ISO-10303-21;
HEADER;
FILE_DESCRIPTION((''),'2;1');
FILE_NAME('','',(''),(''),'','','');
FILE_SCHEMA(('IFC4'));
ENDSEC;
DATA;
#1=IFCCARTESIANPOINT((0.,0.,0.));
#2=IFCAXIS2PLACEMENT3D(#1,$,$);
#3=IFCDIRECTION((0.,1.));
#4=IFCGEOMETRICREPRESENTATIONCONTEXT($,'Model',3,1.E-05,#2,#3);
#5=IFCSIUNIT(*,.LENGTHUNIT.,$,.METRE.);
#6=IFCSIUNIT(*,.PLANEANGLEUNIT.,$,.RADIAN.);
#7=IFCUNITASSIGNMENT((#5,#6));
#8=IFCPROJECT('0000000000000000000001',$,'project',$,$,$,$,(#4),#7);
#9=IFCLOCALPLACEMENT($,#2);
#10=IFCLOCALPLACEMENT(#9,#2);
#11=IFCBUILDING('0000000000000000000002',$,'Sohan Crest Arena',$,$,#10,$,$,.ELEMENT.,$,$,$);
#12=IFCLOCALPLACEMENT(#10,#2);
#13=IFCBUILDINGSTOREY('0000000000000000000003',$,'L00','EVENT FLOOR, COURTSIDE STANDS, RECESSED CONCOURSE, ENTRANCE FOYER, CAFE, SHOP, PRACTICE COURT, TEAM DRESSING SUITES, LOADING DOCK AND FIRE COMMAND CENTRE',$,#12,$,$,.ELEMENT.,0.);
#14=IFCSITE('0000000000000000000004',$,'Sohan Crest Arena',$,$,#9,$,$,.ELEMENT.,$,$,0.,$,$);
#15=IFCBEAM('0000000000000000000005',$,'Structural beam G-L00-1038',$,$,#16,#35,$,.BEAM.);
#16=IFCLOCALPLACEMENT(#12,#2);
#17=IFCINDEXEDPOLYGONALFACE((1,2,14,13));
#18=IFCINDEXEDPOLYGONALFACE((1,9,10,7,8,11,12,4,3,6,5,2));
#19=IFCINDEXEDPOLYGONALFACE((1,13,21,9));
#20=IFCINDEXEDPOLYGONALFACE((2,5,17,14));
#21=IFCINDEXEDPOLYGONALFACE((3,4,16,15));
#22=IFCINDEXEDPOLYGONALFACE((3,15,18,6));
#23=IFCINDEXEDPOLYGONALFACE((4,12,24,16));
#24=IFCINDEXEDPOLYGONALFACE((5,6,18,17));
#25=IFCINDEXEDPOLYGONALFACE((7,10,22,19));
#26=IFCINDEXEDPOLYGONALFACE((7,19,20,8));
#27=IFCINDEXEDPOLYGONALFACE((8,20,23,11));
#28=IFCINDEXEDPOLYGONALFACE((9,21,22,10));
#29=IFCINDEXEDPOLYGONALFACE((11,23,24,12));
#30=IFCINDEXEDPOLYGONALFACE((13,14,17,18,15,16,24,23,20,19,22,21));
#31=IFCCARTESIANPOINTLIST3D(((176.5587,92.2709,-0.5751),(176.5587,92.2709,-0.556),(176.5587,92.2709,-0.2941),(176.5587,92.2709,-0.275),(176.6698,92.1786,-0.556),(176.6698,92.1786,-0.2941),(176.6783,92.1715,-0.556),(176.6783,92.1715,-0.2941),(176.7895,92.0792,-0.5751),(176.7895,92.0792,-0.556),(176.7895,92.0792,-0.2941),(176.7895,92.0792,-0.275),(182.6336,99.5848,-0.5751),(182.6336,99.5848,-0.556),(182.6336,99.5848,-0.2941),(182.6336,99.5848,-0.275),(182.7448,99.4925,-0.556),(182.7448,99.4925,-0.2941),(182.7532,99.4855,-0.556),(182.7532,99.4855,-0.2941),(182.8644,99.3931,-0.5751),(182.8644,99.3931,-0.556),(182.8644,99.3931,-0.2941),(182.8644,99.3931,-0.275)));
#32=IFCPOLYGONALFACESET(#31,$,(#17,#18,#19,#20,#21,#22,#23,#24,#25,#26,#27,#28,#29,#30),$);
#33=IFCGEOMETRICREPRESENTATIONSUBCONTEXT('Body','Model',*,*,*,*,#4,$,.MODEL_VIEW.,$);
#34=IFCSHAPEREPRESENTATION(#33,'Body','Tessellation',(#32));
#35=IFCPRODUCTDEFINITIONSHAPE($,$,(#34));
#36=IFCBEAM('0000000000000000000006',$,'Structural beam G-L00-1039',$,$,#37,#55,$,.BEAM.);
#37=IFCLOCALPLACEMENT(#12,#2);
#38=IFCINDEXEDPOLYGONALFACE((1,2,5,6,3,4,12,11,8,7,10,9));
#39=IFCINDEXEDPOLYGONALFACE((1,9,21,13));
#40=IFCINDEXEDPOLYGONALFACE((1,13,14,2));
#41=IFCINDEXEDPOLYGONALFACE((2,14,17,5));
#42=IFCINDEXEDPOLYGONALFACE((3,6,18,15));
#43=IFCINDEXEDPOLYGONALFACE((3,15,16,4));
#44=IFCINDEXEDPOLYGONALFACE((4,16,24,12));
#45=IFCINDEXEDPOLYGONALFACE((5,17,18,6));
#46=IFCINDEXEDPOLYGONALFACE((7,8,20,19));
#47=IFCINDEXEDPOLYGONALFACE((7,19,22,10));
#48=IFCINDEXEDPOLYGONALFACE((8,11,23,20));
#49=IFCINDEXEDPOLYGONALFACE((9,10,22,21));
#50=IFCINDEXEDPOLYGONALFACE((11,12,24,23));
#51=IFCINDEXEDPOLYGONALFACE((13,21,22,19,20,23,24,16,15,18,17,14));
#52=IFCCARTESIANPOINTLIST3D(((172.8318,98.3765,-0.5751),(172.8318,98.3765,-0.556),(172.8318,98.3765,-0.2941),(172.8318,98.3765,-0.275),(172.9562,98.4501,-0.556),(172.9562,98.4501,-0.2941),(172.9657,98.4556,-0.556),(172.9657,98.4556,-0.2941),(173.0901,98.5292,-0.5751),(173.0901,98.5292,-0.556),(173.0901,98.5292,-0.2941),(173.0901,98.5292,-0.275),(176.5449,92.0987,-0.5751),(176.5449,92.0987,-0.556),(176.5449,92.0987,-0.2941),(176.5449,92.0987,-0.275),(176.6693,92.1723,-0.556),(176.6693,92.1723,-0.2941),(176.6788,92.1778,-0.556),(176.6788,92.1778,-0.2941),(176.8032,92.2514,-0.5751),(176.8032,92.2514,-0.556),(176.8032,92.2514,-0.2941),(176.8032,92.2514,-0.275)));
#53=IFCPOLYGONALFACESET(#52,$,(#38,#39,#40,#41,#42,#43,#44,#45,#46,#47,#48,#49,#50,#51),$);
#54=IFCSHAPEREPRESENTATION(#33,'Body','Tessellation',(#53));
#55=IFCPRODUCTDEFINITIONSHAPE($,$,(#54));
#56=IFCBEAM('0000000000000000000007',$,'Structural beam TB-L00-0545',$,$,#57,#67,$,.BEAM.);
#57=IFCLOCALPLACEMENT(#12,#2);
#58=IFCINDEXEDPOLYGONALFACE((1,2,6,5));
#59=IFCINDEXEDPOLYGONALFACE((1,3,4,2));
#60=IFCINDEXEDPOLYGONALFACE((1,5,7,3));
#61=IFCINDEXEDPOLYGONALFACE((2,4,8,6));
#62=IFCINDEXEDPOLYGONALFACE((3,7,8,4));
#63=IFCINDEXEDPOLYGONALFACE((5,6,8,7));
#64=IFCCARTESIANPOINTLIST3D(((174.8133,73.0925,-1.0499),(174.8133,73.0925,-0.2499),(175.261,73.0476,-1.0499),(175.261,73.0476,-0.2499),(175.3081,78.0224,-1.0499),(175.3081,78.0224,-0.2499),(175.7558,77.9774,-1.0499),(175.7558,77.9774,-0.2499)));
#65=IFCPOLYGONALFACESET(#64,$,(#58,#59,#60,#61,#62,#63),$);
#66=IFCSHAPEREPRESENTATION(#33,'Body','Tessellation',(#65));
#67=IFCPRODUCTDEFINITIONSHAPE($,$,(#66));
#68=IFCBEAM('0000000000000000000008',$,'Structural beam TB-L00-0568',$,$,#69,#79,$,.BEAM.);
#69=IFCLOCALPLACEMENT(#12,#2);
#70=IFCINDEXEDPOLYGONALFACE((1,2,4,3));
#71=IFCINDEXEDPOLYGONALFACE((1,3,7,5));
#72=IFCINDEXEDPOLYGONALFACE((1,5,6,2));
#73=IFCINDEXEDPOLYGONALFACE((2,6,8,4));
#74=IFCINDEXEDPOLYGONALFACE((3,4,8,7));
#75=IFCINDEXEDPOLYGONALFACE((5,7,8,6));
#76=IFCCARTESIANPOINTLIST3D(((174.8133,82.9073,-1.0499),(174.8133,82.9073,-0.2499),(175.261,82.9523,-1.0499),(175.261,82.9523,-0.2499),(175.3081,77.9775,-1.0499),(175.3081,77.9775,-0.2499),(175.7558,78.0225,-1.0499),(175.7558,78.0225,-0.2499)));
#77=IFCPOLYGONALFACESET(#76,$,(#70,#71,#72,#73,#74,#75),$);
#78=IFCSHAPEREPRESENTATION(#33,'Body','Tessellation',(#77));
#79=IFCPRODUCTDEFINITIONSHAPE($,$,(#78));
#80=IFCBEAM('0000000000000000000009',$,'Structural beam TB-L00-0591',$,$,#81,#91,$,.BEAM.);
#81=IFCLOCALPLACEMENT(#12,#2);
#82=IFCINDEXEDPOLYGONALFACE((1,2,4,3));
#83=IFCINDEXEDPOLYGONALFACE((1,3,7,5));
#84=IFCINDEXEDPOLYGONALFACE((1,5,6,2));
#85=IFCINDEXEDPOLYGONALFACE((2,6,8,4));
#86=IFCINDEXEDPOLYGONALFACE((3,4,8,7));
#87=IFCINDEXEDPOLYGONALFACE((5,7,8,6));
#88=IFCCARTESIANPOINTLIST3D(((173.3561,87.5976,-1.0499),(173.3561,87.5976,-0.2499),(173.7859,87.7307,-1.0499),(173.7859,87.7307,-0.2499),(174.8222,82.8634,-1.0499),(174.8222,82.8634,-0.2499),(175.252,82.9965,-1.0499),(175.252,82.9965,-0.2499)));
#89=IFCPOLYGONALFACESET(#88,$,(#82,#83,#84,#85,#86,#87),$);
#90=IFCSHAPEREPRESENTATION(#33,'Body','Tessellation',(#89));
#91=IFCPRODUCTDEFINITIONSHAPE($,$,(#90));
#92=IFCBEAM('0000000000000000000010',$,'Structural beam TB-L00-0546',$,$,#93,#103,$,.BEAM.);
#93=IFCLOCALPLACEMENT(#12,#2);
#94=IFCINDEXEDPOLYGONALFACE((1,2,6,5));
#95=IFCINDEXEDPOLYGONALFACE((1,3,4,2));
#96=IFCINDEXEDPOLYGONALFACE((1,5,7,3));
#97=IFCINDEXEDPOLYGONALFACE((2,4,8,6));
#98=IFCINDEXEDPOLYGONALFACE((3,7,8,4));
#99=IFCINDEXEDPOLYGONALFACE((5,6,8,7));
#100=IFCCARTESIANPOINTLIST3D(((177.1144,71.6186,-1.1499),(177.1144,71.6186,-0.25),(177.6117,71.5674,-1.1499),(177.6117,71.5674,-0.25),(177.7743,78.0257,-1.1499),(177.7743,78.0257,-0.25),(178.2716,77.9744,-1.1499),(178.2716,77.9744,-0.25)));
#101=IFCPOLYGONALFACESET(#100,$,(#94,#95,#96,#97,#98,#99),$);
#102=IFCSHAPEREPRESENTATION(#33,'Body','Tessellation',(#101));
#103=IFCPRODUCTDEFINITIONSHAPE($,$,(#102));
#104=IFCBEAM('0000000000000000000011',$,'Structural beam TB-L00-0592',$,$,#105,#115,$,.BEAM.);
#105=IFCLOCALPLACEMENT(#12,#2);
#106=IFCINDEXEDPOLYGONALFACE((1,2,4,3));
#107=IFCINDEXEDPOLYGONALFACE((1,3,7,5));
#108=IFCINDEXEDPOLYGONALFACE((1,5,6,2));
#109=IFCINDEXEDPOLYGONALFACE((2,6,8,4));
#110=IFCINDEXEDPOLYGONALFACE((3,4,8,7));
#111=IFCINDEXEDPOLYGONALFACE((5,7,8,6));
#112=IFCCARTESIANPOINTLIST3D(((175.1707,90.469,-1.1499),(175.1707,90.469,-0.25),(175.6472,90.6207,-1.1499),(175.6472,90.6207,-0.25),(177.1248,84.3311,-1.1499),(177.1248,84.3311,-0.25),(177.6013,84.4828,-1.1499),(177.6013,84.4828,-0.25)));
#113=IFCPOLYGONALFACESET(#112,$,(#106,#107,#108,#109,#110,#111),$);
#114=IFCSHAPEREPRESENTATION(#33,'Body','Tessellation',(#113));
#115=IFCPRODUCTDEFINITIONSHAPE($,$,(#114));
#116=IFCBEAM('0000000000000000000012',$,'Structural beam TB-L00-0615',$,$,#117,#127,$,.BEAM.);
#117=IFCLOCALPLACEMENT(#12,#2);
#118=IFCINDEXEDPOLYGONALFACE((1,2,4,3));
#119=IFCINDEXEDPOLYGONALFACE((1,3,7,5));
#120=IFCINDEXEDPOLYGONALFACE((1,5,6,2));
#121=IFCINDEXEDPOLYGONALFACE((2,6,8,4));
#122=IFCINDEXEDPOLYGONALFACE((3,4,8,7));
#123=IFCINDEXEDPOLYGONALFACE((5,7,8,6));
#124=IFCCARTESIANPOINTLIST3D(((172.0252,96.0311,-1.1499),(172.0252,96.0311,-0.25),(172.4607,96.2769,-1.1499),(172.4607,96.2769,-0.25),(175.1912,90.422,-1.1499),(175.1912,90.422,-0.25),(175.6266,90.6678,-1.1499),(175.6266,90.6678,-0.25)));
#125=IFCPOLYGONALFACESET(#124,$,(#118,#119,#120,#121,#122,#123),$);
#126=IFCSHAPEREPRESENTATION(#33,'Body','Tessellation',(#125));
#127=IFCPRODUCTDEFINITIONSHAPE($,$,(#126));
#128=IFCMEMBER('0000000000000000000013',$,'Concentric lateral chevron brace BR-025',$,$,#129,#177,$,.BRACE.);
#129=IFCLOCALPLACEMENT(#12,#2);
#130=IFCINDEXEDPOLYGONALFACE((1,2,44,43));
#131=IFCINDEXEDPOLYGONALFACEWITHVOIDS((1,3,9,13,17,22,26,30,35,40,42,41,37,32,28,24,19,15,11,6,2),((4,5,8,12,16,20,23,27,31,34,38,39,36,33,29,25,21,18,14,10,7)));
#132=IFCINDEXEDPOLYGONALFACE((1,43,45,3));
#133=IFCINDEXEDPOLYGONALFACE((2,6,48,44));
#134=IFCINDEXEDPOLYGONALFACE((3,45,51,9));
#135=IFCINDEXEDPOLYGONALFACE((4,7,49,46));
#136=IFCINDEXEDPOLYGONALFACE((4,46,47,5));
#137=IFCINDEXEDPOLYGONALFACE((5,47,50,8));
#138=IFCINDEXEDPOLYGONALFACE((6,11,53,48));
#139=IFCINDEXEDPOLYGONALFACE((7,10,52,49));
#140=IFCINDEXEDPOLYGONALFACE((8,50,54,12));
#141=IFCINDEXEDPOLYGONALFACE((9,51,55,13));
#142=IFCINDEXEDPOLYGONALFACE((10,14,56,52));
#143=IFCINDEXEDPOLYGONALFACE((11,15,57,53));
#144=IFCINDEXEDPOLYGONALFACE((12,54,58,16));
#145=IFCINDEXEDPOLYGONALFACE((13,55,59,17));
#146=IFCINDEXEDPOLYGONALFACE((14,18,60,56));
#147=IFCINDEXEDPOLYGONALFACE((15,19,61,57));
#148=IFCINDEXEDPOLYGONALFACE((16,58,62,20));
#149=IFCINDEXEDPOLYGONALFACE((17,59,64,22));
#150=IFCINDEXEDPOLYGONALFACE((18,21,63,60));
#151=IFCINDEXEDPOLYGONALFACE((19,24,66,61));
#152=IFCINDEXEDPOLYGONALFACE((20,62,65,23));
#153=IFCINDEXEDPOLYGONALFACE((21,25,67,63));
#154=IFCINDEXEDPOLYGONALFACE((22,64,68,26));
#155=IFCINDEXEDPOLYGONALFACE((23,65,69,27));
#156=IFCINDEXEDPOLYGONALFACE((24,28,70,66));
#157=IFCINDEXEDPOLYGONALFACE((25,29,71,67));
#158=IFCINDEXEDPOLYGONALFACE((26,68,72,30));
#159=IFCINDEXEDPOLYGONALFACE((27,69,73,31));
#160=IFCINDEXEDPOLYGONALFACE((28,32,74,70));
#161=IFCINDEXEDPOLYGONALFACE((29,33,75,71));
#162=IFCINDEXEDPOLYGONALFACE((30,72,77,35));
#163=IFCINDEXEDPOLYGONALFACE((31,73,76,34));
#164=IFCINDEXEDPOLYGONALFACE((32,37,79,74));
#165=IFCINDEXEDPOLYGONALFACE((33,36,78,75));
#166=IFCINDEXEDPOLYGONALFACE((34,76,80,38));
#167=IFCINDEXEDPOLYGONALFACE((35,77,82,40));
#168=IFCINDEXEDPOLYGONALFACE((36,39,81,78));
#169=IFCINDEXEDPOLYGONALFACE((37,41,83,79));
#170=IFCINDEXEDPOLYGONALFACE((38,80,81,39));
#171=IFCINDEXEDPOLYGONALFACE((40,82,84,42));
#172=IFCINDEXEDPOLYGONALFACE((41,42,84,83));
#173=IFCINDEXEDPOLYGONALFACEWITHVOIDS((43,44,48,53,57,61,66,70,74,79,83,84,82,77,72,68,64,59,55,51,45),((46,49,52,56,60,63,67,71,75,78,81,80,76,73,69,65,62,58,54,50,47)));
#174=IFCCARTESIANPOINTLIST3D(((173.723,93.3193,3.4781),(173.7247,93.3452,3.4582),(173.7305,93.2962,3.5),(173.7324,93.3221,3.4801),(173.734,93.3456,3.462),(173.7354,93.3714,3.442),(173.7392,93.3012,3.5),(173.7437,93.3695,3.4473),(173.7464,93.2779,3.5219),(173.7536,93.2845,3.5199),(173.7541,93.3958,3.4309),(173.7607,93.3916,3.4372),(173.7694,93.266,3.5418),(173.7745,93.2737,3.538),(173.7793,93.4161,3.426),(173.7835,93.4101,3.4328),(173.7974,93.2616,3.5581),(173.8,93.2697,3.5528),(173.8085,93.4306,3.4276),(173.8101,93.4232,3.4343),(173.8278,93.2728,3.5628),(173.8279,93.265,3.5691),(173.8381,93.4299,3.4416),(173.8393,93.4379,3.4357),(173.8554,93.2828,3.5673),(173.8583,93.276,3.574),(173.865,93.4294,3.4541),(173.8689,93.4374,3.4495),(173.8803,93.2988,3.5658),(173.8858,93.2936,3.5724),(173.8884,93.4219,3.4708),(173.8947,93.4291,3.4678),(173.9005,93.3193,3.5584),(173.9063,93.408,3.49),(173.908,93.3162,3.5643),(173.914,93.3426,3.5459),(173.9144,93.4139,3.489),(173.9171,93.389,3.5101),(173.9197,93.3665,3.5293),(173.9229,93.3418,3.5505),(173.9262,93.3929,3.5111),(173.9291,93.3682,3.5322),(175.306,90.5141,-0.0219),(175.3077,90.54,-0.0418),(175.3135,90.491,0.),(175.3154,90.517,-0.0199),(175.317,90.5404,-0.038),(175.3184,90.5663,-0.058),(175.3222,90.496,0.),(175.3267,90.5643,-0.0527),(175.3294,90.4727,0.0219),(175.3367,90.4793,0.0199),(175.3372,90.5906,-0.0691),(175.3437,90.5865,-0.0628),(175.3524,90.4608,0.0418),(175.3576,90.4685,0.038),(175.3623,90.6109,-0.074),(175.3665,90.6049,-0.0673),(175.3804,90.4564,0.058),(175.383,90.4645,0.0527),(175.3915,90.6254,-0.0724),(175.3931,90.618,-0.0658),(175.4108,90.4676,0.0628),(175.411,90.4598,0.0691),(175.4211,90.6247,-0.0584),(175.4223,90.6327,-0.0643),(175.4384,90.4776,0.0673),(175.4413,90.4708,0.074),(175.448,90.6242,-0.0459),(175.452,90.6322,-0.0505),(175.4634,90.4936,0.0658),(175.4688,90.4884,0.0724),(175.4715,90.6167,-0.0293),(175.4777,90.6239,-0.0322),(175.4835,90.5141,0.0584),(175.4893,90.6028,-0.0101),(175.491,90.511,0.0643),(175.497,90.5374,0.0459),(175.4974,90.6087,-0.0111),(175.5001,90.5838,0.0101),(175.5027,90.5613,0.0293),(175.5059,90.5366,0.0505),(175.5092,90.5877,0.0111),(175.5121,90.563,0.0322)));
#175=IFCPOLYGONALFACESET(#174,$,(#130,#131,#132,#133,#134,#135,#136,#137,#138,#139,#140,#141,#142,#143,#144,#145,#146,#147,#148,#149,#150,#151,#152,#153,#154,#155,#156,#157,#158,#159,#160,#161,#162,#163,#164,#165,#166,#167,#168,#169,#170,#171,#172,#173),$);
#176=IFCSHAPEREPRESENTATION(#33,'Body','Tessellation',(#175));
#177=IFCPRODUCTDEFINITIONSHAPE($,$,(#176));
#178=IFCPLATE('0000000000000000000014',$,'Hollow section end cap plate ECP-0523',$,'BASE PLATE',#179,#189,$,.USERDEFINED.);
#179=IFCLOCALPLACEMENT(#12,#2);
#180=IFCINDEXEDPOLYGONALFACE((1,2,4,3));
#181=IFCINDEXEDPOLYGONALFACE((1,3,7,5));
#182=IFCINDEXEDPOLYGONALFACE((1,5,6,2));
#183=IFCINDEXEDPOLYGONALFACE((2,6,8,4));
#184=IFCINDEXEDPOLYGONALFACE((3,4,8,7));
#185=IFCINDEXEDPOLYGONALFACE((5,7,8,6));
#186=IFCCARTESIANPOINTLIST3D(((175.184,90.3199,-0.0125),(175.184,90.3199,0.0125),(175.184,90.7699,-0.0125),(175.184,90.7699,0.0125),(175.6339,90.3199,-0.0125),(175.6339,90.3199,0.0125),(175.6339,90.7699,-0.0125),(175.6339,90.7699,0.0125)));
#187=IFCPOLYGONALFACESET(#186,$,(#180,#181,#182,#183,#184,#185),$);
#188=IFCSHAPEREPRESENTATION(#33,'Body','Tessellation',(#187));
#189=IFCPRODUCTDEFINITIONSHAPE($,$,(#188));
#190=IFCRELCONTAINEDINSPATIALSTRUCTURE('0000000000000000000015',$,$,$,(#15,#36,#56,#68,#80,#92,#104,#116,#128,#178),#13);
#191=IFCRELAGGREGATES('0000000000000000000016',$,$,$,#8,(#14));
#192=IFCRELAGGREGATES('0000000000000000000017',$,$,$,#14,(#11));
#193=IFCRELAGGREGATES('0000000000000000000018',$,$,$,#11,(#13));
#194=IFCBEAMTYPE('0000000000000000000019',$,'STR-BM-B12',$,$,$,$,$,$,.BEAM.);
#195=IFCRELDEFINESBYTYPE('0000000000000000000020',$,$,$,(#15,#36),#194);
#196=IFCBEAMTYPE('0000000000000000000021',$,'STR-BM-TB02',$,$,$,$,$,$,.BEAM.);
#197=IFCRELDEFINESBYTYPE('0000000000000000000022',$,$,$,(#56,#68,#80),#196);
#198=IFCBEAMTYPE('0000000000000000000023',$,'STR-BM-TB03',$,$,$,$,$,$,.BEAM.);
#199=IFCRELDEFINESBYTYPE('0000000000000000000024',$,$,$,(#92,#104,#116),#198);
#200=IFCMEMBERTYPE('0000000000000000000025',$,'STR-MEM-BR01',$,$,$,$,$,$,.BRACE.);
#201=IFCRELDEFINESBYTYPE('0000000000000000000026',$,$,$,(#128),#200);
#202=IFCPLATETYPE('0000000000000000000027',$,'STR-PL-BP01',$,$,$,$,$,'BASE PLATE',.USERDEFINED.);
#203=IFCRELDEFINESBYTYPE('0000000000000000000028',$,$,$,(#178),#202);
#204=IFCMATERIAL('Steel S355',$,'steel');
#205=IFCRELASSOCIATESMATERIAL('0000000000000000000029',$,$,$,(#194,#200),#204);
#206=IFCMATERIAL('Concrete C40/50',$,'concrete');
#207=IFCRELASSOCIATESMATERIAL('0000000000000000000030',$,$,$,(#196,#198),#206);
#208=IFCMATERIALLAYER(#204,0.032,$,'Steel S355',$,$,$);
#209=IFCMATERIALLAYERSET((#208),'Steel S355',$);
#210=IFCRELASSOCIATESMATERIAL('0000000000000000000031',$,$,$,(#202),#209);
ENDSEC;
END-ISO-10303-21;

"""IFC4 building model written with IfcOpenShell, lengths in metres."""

from ifc_helpers import new_model, si_unit, direction, frame, origin, origin_2d, place, context, subcontext, project, spatial, rectangle, hollow_circle, i_section, extrude, material, layer, layer_set, material_profile, profile_set, type_object, element, save


model = new_model("IFC4")

# Units and contexts
model_context = context("Model", 3, precision=1e-05, world=origin(), true_north=direction((0.0, 1.0)))
body_context = subcontext(model_context, "Body", "Model", "MODEL_VIEW")
ifc_project = project(units=[si_unit("LENGTHUNIT", "METRE"), si_unit("PLANEANGLEUNIT", "RADIAN")], contexts=[model_context])

# Site, building, storey
site_placement = place(None, origin())
site = spatial("IfcSite", under=ifc_project, at=site_placement, Name="Sohan Crest Arena", CompositionType="ELEMENT", RefElevation=0.0)
building_placement = place(site_placement, origin())
building = spatial("IfcBuilding", under=site, at=building_placement, Name="Sohan Crest Arena", CompositionType="ELEMENT")
storey_placement = place(building_placement, origin())
storey = spatial("IfcBuildingStorey", under=building, at=storey_placement, Name="L00", Description="EVENT FLOOR, COURTSIDE STANDS, RECESSED CONCOURSE, ENTRANCE FOYER, CAFE, SHOP, PRACTICE COURT, TEAM DRESSING SUITES, LOADING DOCK AND FIRE COMMAND CENTRE", CompositionType="ELEMENT", Elevation=0.0)

# Shared definitions
ifc_material_1 = material(Name="Concrete C40/50", Category="concrete")
ifc_material_2 = material(Name="Steel S355", Category="steel")

# Beams
ifc_material_profile_1 = material_profile(ifc_material_2, i_section(OverallWidth=0.3, OverallDepth=0.3, WebThickness=0.011, FlangeThickness=0.019, at=origin_2d()), Name="HEB 300")
ifc_profile_set_1 = profile_set([ifc_material_profile_1], Name="Steel S355")
beam_type_1 = type_object("IfcBeamType", Name="STR-BM-B12", PredefinedType="BEAM", material=ifc_profile_set_1)
beam_1_placement = place(storey_placement, frame((176.6741, 92.175, -0.425), z_axis=(0.638941, 0.769256, 0.0), x_axis=(-0.769256, 0.638941, 0.0)))
element("IfcBeam", 1, at=beam_1_placement, inside=storey, type_object=beam_type_1, Name="Structural beam G-L00-1038", PredefinedType="BEAM", context=body_context, shape_type="SweptSolid", body=[
    extrude(i_section(OverallWidth=0.3, OverallDepth=0.3, WebThickness=0.011, FlangeThickness=0.019, at=origin_2d()), origin(), (0.0, 0.0, 1.0), 9.5078),
])
beam_2_placement = place(storey_placement, frame((176.6741, 92.175, -0.425), z_axis=(-0.509086, 0.860716, 0.0), x_axis=(-0.860716, -0.509086, 0.0)))
element("IfcBeam", 2, at=beam_2_placement, inside=storey, type_object=beam_type_1, Name="Structural beam G-L00-1039", PredefinedType="BEAM", context=body_context, shape_type="SweptSolid", body=[
    extrude(i_section(OverallWidth=0.3, OverallDepth=0.3, WebThickness=0.011, FlangeThickness=0.019, at=origin_2d()), origin(), (0.0, 0.0, 1.0), 7.2937),
])
ifc_material_profile_2 = material_profile(ifc_material_1, rectangle(XDim=0.45, YDim=0.8, at=origin_2d()), Name="RC-BM 450x800")
ifc_profile_set_2 = profile_set([ifc_material_profile_2], Name="Concrete C40/50")
beam_type_2 = type_object("IfcBeamType", Name="STR-BM-TB02", PredefinedType="BEAM", material=ifc_profile_set_2)
for number, where, z_axis, x_axis, name in (
    (3, (175.0371, 73.0701, -0.6499), (0.099879, 0.995, 0.0), (-0.995, 0.099879, 0.0), "Structural beam TB-L00-0545"),
    (4, (175.532, 78.0, -0.6499), (-0.099879, 0.995, 0.0), (-0.995, -0.099879, 0.0), "Structural beam TB-L00-0568"),
):
    element("IfcBeam", number, at=place(storey_placement, frame(where, z_axis=z_axis, x_axis=x_axis)), inside=storey, type_object=beam_type_2, Name=name, PredefinedType="BEAM", context=body_context, shape_type="SweptSolid", body=[
        extrude(rectangle(XDim=0.45, YDim=0.8, at=origin_2d()), origin(), (0.0, 0.0, 1.0), 4.9546),
    ])
beam_3_placement = place(storey_placement, frame((175.0371, 82.9299, -0.6499), z_axis=(-0.29582, 0.955244, 0.0), x_axis=(-0.955244, -0.29582, 0.0)))
element("IfcBeam", 5, at=beam_3_placement, inside=storey, type_object=beam_type_2, Name="Structural beam TB-L00-0591", PredefinedType="BEAM", context=body_context, shape_type="SweptSolid", body=[
    extrude(rectangle(XDim=0.45, YDim=0.8, at=origin_2d()), origin(), (0.0, 0.0, 1.0), 4.9561),
])
ifc_material_profile_3 = material_profile(ifc_material_1, rectangle(XDim=0.5, YDim=0.8999, at=origin_2d()), Name="RC-BM 500x900")
ifc_profile_set_3 = profile_set([ifc_material_profile_3], Name="Concrete C40/50")
beam_type_3 = type_object("IfcBeamType", Name="STR-BM-TB03", PredefinedType="BEAM", material=ifc_profile_set_3)
beam_4_placement = place(storey_placement, frame((177.363, 71.593, -0.7), z_axis=(0.102457, 0.994737, 0.0), x_axis=(-0.994737, 0.102457, 0.0)))
element("IfcBeam", 6, at=beam_4_placement, inside=storey, type_object=beam_type_3, Name="Structural beam TB-L00-0546", PredefinedType="BEAM", context=body_context, shape_type="SweptSolid", body=[
    extrude(rectangle(XDim=0.5, YDim=0.8999, at=origin_2d()), origin(), (0.0, 0.0, 1.0), 6.4409),
])
beam_5_placement = place(storey_placement, frame((177.363, 84.407, -0.7), z_axis=(-0.303362, 0.952875, 0.0), x_axis=(-0.952875, -0.303362, 0.0)))
element("IfcBeam", 7, at=beam_5_placement, inside=storey, type_object=beam_type_3, Name="Structural beam TB-L00-0592", PredefinedType="BEAM", context=body_context, shape_type="SweptSolid", body=[
    extrude(rectangle(XDim=0.5, YDim=0.8999, at=origin_2d()), origin(), (0.0, 0.0, 1.0), 6.4414),
])
beam_6_placement = place(storey_placement, frame((175.4089, 90.5449, -0.7), z_axis=(-0.491544, 0.870853, 0.0), x_axis=(-0.870853, -0.491544, 0.0)))
element("IfcBeam", 8, at=beam_6_placement, inside=storey, type_object=beam_type_3, Name="Structural beam TB-L00-0615", PredefinedType="BEAM", context=body_context, shape_type="SweptSolid", body=[
    extrude(rectangle(XDim=0.5, YDim=0.8999, at=origin_2d()), origin(), (0.0, 0.0, 1.0), 6.4409),
])

# Member
ifc_material_profile_4 = material_profile(ifc_material_2, hollow_circle(Radius=0.1096, WallThickness=0.01, at=origin_2d()), Name="CHS 219.1x10")
ifc_profile_set_4 = profile_set([ifc_material_profile_4], Name="Steel S355")
member_type = type_object("IfcMemberType", Name="STR-MEM-BR01", PredefinedType="BRACE", material=ifc_profile_set_4)
member_placement = place(storey_placement, frame((175.4089, 90.5449, 0.0), z_axis=(-0.332805, 0.589748, 0.735825), x_axis=(-0.870899, -0.491463, 0.0)))
element("IfcMember", 9, at=member_placement, inside=storey, type_object=member_type, Name="Concentric lateral chevron brace BR-025", PredefinedType="BRACE", context=body_context, shape_type="SweptSolid", body=[
    extrude(hollow_circle(Radius=0.1096, WallThickness=0.01, at=origin_2d()), origin(), (0.0, 0.0, 1.0), 4.7566),
])

# Plate
ifc_layer_1 = layer(ifc_material_2, 0.032, Name="Steel S355")
ifc_layer_set_1 = layer_set([ifc_layer_1], Name="Steel S355")
plate_type = type_object("IfcPlateType", Name="STR-PL-BP01", ElementType="BASE PLATE", PredefinedType="USERDEFINED", material=ifc_layer_set_1)
plate_placement = place(storey_placement, frame((175.4089, 90.5449, -0.0125), z_axis=(0.0, 0.0, 1.0), x_axis=(1.0, 0.0, 0.0)))
element("IfcPlate", 10, at=plate_placement, inside=storey, type_object=plate_type, Name="Hollow section end cap plate ECP-0523", ObjectType="BASE PLATE", PredefinedType="USERDEFINED", context=body_context, shape_type="SweptSolid", body=[
    extrude(rectangle(XDim=0.45, YDim=0.45, at=origin_2d()), origin(), (0.0, 0.0, 1.0), 0.0249),
])

save(model, "model.ifc")
